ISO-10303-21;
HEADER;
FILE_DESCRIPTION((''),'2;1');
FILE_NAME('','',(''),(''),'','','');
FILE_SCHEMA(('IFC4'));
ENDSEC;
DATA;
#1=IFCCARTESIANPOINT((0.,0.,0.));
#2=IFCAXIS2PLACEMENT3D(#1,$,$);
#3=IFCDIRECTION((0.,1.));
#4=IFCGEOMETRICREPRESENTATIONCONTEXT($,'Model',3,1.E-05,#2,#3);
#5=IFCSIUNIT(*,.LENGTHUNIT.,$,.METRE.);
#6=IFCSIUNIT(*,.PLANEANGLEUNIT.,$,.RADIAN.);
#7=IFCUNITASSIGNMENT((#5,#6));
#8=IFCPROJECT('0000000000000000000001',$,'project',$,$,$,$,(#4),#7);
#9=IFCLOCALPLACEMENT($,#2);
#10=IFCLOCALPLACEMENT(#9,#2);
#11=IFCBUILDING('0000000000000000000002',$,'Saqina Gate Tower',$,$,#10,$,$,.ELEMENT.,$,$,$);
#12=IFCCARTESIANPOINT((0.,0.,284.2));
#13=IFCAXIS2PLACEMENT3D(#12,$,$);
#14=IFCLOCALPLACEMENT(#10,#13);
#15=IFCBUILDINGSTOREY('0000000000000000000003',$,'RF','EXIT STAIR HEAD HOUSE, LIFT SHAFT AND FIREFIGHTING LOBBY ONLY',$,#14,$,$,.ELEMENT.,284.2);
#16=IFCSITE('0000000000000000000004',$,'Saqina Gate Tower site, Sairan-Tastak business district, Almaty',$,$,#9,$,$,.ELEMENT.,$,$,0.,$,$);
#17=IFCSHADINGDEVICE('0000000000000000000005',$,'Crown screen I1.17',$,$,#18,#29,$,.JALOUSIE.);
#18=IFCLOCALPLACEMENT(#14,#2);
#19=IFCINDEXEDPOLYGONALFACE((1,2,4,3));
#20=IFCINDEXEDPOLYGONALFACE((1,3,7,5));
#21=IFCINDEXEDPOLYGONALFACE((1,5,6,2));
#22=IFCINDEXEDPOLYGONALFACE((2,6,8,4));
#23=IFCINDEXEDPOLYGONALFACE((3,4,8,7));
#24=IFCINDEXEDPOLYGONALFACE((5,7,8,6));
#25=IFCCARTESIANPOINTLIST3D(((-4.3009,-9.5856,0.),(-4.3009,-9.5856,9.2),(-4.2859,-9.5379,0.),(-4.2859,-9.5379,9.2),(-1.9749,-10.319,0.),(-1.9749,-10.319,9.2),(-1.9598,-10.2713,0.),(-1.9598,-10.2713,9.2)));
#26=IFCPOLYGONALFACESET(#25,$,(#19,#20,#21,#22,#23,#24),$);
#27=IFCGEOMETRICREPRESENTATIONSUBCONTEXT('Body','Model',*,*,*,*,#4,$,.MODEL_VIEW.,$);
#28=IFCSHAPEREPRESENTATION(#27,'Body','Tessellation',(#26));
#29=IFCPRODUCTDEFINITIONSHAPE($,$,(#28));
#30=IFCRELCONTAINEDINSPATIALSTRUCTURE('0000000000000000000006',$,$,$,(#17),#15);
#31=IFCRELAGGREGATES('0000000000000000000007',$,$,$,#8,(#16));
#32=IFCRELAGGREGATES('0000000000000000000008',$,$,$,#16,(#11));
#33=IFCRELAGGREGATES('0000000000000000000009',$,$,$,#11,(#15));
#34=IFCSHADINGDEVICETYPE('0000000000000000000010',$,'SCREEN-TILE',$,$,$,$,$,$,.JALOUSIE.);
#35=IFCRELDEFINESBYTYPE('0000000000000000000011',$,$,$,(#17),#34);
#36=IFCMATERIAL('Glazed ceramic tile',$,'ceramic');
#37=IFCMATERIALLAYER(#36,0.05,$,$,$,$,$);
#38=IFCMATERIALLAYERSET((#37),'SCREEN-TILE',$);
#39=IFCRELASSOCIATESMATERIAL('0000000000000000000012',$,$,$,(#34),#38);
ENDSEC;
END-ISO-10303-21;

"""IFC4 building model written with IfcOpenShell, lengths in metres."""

from ifc_helpers import new_model, si_unit, direction, frame, origin, origin_2d, place, context, subcontext, project, spatial, rectangle, extrude, material, layer, layer_set, type_object, element, save


model = new_model("IFC4")

# Units and contexts
model_context = context("Model", 3, precision=1e-05, world=origin(), true_north=direction((0.0, 1.0)))
body_context = subcontext(model_context, "Body", "Model", "MODEL_VIEW")
ifc_project = project(units=[si_unit("LENGTHUNIT", "METRE"), si_unit("PLANEANGLEUNIT", "RADIAN")], contexts=[model_context])

# Site, building, storey
site_placement = place(None, origin())
site = spatial("IfcSite", under=ifc_project, at=site_placement, Name="Saqina Gate Tower site, Sairan-Tastak business district, Almaty", CompositionType="ELEMENT", RefElevation=0.0)
building_placement = place(site_placement, origin())
building = spatial("IfcBuilding", under=site, at=building_placement, Name="Saqina Gate Tower", CompositionType="ELEMENT")
storey_placement = place(building_placement, frame((0.0, 0.0, 284.2)))
storey = spatial("IfcBuildingStorey", under=building, at=storey_placement, Name="RF", Description="EXIT STAIR HEAD HOUSE, LIFT SHAFT AND FIREFIGHTING LOBBY ONLY", CompositionType="ELEMENT", Elevation=284.2)

# Shading device
ifc_material_1 = material(Name="Glazed ceramic tile", Category="ceramic")
ifc_layer_1 = layer(ifc_material_1, 0.05)
ifc_layer_set_1 = layer_set([ifc_layer_1], Name="SCREEN-TILE")
shading_device_type = type_object("IfcShadingDeviceType", Name="SCREEN-TILE", PredefinedType="JALOUSIE", material=ifc_layer_set_1)
for number, where, z_axis, x_axis, name in (
    (1, (-3.1304, -9.9285, 0.0), (0.0, 0.0, 1.0), (0.953717, -0.300706, 0.0), "Crown screen I1.17"),
):
    element("IfcShadingDevice", number, at=place(storey_placement, frame(where, z_axis=z_axis, x_axis=x_axis)), inside=storey, type_object=shading_device_type, Name=name, PredefinedType="JALOUSIE", context=body_context, shape_type="SweptSolid", body=[
        extrude(rectangle(XDim=2.439, YDim=0.05, at=origin_2d()), origin(), (0.0, 0.0, 1.0), 9.2),
    ])

save(model, "model.ifc")
